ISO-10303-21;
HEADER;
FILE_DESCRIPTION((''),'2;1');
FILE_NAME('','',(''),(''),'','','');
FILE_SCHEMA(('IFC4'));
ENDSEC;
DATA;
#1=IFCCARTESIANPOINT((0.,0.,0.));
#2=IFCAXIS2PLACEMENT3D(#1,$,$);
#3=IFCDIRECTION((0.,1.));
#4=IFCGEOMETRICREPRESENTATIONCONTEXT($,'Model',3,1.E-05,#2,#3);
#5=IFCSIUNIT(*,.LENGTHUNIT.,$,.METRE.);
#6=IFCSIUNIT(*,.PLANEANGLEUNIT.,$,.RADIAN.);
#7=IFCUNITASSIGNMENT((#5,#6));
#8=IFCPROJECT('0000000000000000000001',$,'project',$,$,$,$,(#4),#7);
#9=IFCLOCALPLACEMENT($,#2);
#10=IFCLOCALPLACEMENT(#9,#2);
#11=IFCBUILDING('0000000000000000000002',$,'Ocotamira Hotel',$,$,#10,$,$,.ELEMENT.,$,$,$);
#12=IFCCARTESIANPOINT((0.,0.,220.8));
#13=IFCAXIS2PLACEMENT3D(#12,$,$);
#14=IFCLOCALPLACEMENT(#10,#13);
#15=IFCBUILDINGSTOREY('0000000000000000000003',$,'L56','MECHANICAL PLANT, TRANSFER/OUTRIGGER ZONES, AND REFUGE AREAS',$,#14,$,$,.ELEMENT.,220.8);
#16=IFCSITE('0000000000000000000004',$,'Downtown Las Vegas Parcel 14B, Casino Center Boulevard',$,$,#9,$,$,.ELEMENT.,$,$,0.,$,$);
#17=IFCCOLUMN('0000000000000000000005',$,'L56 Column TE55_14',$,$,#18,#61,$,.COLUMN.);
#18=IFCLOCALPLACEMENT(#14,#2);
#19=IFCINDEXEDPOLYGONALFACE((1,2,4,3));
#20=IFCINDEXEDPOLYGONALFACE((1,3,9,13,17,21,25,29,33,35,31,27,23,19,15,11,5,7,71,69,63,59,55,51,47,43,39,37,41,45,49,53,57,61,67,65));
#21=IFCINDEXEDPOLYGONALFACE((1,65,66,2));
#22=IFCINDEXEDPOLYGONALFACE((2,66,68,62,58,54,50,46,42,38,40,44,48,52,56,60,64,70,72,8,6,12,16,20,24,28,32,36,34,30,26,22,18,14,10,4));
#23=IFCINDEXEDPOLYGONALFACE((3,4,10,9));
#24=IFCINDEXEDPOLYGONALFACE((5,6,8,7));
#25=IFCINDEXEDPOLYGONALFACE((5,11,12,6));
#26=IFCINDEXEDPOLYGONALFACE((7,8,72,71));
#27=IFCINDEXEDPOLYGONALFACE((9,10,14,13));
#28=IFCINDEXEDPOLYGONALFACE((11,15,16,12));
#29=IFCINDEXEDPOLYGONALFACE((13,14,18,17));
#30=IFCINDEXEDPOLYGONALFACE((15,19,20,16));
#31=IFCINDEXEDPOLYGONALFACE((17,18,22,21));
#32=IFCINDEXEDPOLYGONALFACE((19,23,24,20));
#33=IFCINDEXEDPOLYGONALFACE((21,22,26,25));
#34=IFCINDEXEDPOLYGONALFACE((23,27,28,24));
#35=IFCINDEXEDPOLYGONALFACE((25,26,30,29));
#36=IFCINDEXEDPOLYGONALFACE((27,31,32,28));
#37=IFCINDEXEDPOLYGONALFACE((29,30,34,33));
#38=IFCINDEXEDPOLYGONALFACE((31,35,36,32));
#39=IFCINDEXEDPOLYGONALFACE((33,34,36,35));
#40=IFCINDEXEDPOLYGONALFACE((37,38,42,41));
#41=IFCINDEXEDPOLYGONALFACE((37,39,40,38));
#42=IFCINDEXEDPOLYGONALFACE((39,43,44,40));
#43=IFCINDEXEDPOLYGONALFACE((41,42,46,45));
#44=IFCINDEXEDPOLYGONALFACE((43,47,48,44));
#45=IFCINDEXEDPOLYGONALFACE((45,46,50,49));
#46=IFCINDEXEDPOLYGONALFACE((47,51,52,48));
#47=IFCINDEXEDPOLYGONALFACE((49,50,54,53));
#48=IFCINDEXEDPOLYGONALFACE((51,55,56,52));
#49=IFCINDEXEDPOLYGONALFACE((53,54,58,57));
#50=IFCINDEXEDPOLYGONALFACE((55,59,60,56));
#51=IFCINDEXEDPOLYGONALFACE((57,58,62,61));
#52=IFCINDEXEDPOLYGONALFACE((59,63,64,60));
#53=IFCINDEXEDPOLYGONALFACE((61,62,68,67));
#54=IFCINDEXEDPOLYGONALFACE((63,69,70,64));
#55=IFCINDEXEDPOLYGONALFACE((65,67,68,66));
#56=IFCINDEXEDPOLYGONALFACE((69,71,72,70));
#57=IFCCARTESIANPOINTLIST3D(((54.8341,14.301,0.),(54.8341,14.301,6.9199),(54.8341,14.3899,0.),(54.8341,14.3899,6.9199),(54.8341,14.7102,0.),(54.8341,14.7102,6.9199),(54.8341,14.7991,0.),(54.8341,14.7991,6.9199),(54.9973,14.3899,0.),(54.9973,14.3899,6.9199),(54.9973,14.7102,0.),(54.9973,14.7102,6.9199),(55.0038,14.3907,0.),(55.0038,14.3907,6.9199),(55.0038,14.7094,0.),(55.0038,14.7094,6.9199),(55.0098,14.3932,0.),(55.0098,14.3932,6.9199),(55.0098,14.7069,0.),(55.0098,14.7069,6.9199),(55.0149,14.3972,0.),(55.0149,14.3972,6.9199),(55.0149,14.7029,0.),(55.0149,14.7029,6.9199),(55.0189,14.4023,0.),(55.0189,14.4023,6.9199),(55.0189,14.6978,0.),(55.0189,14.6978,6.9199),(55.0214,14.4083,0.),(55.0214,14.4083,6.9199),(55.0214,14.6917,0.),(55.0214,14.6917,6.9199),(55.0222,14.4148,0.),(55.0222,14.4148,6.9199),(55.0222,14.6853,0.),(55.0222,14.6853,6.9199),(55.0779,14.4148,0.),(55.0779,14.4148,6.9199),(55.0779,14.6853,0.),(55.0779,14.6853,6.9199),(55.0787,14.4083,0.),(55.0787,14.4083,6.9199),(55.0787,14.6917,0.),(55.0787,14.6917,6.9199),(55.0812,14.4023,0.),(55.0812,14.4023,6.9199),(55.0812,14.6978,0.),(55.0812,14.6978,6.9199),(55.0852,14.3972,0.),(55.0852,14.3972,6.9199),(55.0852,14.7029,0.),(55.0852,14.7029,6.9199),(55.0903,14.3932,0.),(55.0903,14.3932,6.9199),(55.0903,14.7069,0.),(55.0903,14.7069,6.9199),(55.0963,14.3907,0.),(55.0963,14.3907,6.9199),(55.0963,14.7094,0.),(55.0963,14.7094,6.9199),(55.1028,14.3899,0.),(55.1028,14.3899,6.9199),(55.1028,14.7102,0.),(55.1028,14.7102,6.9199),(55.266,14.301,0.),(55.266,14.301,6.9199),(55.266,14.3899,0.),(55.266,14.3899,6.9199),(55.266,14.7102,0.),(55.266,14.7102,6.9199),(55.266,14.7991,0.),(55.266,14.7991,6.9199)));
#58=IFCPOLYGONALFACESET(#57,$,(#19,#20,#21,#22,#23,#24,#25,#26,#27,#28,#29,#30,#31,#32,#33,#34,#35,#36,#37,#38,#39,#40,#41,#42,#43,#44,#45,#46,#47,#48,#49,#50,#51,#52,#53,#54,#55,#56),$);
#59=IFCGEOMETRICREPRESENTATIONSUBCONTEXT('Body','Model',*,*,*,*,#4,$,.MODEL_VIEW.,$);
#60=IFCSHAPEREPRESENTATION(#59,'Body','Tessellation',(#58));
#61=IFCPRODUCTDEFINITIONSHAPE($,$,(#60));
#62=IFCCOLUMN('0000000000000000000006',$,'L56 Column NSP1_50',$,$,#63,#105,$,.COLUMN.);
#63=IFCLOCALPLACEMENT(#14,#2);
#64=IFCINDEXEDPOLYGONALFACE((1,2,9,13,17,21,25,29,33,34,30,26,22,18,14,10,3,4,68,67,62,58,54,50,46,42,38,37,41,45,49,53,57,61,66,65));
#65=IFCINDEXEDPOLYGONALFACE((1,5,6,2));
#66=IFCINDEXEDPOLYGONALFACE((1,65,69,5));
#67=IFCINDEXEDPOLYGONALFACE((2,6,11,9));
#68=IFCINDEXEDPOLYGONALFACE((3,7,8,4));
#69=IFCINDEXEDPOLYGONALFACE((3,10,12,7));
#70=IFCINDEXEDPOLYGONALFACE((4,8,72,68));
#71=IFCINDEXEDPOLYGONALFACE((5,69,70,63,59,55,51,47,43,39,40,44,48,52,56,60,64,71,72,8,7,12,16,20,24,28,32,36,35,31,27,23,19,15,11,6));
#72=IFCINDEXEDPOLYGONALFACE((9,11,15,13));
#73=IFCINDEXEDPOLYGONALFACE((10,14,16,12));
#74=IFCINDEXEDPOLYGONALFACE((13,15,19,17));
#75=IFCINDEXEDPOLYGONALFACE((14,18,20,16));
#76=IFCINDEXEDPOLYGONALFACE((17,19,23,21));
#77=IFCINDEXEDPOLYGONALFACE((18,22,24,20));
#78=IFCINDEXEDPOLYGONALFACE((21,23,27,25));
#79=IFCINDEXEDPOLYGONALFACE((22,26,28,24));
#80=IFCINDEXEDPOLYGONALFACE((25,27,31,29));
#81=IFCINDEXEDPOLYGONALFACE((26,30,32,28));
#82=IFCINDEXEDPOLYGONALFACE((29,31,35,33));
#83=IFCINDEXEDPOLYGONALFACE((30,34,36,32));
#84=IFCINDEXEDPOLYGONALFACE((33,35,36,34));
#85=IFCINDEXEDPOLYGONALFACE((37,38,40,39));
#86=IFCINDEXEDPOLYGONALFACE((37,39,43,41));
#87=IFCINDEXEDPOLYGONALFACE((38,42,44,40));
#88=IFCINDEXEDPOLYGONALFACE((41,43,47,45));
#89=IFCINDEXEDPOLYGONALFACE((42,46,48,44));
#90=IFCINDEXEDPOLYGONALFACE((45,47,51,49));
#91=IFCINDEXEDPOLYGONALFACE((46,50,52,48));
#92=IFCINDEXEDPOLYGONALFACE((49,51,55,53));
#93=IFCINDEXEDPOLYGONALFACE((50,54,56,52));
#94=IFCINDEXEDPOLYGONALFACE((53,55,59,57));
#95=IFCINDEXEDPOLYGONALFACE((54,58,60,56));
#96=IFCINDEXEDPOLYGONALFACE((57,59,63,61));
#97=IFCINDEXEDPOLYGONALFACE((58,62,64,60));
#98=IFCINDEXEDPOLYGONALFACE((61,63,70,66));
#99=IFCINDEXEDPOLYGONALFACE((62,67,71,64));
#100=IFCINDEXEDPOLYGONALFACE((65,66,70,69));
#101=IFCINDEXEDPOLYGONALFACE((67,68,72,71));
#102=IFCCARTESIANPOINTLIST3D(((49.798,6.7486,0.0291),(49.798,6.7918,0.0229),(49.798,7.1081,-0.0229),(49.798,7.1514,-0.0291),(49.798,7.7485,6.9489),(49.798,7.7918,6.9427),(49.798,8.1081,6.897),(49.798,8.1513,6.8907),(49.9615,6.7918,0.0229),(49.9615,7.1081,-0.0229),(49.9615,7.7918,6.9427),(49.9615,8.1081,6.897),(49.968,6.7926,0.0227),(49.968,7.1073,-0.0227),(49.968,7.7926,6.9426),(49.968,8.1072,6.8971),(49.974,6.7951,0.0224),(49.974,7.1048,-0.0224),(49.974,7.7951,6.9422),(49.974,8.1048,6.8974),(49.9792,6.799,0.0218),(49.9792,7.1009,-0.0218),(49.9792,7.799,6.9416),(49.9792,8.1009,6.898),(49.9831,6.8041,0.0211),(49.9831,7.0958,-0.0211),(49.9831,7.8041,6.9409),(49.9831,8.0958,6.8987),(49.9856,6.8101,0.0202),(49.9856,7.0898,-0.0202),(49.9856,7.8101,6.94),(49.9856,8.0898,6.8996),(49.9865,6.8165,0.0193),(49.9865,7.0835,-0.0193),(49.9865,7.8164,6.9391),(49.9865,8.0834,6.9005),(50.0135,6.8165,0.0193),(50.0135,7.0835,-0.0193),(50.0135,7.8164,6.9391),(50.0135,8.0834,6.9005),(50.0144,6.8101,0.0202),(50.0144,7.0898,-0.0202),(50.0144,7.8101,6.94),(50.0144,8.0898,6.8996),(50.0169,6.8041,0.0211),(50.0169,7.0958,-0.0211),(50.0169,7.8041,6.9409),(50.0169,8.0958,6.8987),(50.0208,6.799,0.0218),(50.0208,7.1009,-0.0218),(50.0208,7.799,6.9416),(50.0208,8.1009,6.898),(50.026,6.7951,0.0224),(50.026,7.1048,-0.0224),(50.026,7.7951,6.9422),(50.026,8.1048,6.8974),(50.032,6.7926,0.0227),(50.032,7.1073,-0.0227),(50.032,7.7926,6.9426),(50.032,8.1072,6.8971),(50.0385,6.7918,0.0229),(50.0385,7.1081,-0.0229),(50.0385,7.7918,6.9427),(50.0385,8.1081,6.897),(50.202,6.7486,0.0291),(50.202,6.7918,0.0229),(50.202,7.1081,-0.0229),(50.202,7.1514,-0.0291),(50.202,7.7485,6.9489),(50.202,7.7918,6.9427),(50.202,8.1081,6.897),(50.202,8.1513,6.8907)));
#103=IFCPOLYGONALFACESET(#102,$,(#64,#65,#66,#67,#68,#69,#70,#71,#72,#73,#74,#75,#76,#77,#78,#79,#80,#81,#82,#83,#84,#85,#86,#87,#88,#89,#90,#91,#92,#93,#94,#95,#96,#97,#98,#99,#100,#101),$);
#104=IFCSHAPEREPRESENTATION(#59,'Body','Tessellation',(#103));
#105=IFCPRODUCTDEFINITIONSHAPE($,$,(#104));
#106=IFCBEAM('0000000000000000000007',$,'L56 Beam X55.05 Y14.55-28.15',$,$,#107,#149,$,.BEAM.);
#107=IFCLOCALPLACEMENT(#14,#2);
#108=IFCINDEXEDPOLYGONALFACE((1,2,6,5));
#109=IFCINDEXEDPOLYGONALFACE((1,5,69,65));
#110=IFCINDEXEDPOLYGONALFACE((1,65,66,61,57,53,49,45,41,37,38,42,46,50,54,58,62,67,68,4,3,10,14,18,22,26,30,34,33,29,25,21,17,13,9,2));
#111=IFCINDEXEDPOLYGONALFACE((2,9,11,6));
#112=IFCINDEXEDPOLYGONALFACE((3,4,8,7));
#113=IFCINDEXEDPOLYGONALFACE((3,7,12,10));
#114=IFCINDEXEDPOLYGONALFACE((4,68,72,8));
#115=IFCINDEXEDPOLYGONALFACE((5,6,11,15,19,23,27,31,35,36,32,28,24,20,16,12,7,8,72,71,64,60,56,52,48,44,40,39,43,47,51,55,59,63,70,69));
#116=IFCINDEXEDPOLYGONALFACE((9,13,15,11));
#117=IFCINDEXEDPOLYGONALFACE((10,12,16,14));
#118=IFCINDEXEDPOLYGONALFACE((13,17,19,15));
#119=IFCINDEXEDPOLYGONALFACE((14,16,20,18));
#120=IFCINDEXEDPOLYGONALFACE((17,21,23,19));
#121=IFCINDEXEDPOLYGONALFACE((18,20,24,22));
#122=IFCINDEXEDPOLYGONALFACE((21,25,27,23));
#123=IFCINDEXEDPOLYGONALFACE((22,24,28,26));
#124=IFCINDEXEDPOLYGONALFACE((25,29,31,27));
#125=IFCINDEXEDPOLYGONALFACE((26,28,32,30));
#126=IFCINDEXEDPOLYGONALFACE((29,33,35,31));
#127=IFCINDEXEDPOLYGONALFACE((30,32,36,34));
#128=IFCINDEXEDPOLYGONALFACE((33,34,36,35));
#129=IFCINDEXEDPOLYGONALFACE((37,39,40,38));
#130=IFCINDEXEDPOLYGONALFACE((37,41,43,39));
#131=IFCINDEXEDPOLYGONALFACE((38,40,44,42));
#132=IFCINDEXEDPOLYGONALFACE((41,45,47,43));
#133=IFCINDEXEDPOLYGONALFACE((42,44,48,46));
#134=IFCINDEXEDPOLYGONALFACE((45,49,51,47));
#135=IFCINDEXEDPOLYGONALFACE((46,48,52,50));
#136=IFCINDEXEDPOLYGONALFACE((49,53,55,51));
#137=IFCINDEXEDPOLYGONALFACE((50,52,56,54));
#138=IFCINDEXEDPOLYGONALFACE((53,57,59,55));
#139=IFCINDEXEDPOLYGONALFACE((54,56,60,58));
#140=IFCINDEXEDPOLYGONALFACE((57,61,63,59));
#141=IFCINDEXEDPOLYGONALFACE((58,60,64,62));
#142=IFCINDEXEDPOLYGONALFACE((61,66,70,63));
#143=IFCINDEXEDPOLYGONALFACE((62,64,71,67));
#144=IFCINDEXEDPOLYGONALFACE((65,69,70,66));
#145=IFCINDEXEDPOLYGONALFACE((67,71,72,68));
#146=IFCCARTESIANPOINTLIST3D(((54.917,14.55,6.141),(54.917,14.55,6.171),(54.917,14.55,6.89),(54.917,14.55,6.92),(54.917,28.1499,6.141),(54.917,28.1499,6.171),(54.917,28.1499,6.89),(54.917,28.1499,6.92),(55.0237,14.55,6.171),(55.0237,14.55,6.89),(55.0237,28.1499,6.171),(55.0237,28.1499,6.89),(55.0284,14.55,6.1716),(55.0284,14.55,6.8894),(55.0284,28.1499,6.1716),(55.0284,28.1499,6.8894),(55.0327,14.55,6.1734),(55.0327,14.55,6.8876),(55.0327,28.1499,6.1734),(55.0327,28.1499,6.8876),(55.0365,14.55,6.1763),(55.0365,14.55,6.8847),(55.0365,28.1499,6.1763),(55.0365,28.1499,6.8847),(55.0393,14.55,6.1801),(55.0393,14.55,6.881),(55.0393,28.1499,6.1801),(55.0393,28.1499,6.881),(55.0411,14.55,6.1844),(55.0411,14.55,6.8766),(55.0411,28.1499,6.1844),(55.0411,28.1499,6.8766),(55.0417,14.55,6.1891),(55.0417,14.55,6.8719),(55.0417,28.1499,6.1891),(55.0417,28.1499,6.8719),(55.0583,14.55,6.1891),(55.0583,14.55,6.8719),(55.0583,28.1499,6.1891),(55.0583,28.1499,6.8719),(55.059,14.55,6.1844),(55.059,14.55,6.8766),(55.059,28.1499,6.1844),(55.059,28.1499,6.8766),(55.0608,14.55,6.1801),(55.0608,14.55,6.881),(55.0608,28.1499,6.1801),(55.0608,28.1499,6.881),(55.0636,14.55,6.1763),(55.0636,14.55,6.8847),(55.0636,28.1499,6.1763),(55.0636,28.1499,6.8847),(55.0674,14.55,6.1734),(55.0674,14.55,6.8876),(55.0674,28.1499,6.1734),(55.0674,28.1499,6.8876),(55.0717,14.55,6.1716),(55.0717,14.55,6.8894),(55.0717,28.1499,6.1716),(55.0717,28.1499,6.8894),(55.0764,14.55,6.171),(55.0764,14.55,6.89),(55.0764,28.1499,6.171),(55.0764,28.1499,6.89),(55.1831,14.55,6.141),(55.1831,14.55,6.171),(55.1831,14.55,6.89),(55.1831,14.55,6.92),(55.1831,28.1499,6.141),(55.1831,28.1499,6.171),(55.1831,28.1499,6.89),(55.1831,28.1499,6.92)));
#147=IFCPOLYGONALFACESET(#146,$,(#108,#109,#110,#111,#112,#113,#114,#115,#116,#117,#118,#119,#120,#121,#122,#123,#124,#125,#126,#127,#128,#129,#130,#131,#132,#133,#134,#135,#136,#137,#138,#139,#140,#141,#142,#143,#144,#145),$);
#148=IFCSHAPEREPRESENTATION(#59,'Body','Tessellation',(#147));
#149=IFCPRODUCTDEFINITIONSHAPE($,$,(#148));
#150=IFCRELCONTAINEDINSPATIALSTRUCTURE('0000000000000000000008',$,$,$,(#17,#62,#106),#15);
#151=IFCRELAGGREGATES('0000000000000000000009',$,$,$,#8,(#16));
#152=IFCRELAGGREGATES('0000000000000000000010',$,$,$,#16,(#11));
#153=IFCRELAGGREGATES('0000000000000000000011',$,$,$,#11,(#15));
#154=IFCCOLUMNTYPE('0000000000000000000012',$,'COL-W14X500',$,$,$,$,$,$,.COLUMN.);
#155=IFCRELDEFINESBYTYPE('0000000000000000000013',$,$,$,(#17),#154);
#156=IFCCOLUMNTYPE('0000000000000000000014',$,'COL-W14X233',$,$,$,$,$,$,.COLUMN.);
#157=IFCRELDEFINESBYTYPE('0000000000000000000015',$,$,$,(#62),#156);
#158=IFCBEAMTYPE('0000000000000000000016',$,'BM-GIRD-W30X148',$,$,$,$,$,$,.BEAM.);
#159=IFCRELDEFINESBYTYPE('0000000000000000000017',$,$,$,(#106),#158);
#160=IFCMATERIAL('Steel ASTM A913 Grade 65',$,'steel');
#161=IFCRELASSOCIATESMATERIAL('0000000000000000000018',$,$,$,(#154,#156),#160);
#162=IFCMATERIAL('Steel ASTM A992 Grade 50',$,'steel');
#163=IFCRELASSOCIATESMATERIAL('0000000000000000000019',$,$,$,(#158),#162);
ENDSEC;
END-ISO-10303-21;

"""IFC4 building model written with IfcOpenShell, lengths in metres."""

from ifc_helpers import new_model, si_unit, direction, frame, origin, origin_2d, place, context, subcontext, project, spatial, i_section, extrude, source, transform, mapped, material, material_profile, profile_set, type_object, element, save


model = new_model("IFC4")

# Units and contexts
model_context = context("Model", 3, precision=1e-05, world=origin(), true_north=direction((0.0, 1.0)))
body_context = subcontext(model_context, "Body", "Model", "MODEL_VIEW")
ifc_project = project(units=[si_unit("LENGTHUNIT", "METRE"), si_unit("PLANEANGLEUNIT", "RADIAN")], contexts=[model_context])

# Site, building, storey
site_placement = place(None, origin())
site = spatial("IfcSite", under=ifc_project, at=site_placement, Name="Downtown Las Vegas Parcel 14B, Casino Center Boulevard", CompositionType="ELEMENT", RefElevation=0.0)
building_placement = place(site_placement, origin())
building = spatial("IfcBuilding", under=site, at=building_placement, Name="Ocotamira Hotel", CompositionType="ELEMENT")
storey_placement = place(building_placement, frame((0.0, 0.0, 220.8)))
storey = spatial("IfcBuildingStorey", under=building, at=storey_placement, Name="L56", Description="MECHANICAL PLANT, TRANSFER/OUTRIGGER ZONES, AND REFUGE AREAS", CompositionType="ELEMENT", Elevation=220.8)

# Columns
ifc_material_1 = material(Name="Steel ASTM A913 Grade 65", Category="steel")
ifc_material_profile_1 = material_profile(ifc_material_1, i_section(OverallWidth=0.4319, OverallDepth=0.498, WebThickness=0.0557, FlangeThickness=0.0889, FilletRadius=0.0249, at=origin_2d()), Name="W14X500")
ifc_profile_set_1 = profile_set([ifc_material_profile_1], Name="Steel ASTM A913 Grade 65")
column_type_1 = type_object("IfcColumnType", Name="COL-W14X500", PredefinedType="COLUMN", material=ifc_profile_set_1)
shared_shape_1 = source(origin(), body_context, "Body", "SweptSolid", [
    extrude(i_section(OverallWidth=0.4319, OverallDepth=0.498, WebThickness=0.0557, FlangeThickness=0.0889, FilletRadius=0.0249, at=origin_2d()), origin(), (0.0, 0.0, 1.0), 6.9199),
])
column_1_placement = place(storey_placement, frame((55.05, 14.55, 0.0), z_axis=(0.0, 0.0, 1.0), x_axis=(1.0, 0.0, 0.0)))
element("IfcColumn", 1, at=column_1_placement, inside=storey, type_object=column_type_1, Name="L56 Column TE55_14", PredefinedType="COLUMN", context=body_context, shape_type="MappedRepresentation", body=[
    mapped(shared_shape_1, transform((0.0, 0.0, 0.0), scale=1.0)),
])
ifc_material_profile_2 = material_profile(ifc_material_1, i_section(OverallWidth=0.4041, OverallDepth=0.407, WebThickness=0.0271, FlangeThickness=0.0437, FilletRadius=0.0249, at=origin_2d()), Name="W14X233")
ifc_profile_set_2 = profile_set([ifc_material_profile_2], Name="Steel ASTM A913 Grade 65")
column_type_2 = type_object("IfcColumnType", Name="COL-W14X233", PredefinedType="COLUMN", material=ifc_profile_set_2)
shared_shape_2 = source(origin(), body_context, "Body", "SweptSolid", [
    extrude(i_section(OverallWidth=0.4041, OverallDepth=0.407, WebThickness=0.0271, FlangeThickness=0.0437, FilletRadius=0.0249, at=origin_2d()), origin(), (0.0, 0.0, 1.0), 6.9917),
])
column_2_placement = place(storey_placement, frame((50.0, 6.95, 0.0), z_axis=(0.0, 0.143025, 0.989719), x_axis=(-1.0, 0.0, 0.0)))
element("IfcColumn", 2, at=column_2_placement, inside=storey, type_object=column_type_2, Name="L56 Column NSP1_50", PredefinedType="COLUMN", context=body_context, shape_type="MappedRepresentation", body=[
    mapped(shared_shape_2, transform((0.0, 0.0, 0.0), scale=1.0)),
])

# Beam
ifc_material_2 = material(Name="Steel ASTM A992 Grade 50", Category="steel")
ifc_material_profile_3 = material_profile(ifc_material_2, i_section(OverallWidth=0.2661, OverallDepth=0.7791, WebThickness=0.0166, FlangeThickness=0.03, FilletRadius=0.0181, at=origin_2d()), Name="W30X148")
ifc_profile_set_3 = profile_set([ifc_material_profile_3], Name="Steel ASTM A992 Grade 50")
beam_type_1 = type_object("IfcBeamType", Name="BM-GIRD-W30X148", PredefinedType="BEAM", material=ifc_profile_set_3)
shared_shape_3 = source(origin(), body_context, "Body", "SweptSolid", [
    extrude(i_section(OverallWidth=0.2661, OverallDepth=0.7791, WebThickness=0.0166, FlangeThickness=0.03, FilletRadius=0.0181, at=origin_2d()), origin(), (0.0, 0.0, 1.0), 13.5999),
])
beam_1_placement = place(storey_placement, frame((55.05, 14.55, 6.5305), z_axis=(0.0, 1.0, 0.0), x_axis=(-1.0, 0.0, 0.0)))
element("IfcBeam", 3, at=beam_1_placement, inside=storey, type_object=beam_type_1, Name="L56 Beam X55.05 Y14.55-28.15", PredefinedType="BEAM", context=body_context, shape_type="MappedRepresentation", body=[
    mapped(shared_shape_3, transform((0.0, 0.0, 0.0), scale=1.0)),
])

save(model, "model.ifc")
